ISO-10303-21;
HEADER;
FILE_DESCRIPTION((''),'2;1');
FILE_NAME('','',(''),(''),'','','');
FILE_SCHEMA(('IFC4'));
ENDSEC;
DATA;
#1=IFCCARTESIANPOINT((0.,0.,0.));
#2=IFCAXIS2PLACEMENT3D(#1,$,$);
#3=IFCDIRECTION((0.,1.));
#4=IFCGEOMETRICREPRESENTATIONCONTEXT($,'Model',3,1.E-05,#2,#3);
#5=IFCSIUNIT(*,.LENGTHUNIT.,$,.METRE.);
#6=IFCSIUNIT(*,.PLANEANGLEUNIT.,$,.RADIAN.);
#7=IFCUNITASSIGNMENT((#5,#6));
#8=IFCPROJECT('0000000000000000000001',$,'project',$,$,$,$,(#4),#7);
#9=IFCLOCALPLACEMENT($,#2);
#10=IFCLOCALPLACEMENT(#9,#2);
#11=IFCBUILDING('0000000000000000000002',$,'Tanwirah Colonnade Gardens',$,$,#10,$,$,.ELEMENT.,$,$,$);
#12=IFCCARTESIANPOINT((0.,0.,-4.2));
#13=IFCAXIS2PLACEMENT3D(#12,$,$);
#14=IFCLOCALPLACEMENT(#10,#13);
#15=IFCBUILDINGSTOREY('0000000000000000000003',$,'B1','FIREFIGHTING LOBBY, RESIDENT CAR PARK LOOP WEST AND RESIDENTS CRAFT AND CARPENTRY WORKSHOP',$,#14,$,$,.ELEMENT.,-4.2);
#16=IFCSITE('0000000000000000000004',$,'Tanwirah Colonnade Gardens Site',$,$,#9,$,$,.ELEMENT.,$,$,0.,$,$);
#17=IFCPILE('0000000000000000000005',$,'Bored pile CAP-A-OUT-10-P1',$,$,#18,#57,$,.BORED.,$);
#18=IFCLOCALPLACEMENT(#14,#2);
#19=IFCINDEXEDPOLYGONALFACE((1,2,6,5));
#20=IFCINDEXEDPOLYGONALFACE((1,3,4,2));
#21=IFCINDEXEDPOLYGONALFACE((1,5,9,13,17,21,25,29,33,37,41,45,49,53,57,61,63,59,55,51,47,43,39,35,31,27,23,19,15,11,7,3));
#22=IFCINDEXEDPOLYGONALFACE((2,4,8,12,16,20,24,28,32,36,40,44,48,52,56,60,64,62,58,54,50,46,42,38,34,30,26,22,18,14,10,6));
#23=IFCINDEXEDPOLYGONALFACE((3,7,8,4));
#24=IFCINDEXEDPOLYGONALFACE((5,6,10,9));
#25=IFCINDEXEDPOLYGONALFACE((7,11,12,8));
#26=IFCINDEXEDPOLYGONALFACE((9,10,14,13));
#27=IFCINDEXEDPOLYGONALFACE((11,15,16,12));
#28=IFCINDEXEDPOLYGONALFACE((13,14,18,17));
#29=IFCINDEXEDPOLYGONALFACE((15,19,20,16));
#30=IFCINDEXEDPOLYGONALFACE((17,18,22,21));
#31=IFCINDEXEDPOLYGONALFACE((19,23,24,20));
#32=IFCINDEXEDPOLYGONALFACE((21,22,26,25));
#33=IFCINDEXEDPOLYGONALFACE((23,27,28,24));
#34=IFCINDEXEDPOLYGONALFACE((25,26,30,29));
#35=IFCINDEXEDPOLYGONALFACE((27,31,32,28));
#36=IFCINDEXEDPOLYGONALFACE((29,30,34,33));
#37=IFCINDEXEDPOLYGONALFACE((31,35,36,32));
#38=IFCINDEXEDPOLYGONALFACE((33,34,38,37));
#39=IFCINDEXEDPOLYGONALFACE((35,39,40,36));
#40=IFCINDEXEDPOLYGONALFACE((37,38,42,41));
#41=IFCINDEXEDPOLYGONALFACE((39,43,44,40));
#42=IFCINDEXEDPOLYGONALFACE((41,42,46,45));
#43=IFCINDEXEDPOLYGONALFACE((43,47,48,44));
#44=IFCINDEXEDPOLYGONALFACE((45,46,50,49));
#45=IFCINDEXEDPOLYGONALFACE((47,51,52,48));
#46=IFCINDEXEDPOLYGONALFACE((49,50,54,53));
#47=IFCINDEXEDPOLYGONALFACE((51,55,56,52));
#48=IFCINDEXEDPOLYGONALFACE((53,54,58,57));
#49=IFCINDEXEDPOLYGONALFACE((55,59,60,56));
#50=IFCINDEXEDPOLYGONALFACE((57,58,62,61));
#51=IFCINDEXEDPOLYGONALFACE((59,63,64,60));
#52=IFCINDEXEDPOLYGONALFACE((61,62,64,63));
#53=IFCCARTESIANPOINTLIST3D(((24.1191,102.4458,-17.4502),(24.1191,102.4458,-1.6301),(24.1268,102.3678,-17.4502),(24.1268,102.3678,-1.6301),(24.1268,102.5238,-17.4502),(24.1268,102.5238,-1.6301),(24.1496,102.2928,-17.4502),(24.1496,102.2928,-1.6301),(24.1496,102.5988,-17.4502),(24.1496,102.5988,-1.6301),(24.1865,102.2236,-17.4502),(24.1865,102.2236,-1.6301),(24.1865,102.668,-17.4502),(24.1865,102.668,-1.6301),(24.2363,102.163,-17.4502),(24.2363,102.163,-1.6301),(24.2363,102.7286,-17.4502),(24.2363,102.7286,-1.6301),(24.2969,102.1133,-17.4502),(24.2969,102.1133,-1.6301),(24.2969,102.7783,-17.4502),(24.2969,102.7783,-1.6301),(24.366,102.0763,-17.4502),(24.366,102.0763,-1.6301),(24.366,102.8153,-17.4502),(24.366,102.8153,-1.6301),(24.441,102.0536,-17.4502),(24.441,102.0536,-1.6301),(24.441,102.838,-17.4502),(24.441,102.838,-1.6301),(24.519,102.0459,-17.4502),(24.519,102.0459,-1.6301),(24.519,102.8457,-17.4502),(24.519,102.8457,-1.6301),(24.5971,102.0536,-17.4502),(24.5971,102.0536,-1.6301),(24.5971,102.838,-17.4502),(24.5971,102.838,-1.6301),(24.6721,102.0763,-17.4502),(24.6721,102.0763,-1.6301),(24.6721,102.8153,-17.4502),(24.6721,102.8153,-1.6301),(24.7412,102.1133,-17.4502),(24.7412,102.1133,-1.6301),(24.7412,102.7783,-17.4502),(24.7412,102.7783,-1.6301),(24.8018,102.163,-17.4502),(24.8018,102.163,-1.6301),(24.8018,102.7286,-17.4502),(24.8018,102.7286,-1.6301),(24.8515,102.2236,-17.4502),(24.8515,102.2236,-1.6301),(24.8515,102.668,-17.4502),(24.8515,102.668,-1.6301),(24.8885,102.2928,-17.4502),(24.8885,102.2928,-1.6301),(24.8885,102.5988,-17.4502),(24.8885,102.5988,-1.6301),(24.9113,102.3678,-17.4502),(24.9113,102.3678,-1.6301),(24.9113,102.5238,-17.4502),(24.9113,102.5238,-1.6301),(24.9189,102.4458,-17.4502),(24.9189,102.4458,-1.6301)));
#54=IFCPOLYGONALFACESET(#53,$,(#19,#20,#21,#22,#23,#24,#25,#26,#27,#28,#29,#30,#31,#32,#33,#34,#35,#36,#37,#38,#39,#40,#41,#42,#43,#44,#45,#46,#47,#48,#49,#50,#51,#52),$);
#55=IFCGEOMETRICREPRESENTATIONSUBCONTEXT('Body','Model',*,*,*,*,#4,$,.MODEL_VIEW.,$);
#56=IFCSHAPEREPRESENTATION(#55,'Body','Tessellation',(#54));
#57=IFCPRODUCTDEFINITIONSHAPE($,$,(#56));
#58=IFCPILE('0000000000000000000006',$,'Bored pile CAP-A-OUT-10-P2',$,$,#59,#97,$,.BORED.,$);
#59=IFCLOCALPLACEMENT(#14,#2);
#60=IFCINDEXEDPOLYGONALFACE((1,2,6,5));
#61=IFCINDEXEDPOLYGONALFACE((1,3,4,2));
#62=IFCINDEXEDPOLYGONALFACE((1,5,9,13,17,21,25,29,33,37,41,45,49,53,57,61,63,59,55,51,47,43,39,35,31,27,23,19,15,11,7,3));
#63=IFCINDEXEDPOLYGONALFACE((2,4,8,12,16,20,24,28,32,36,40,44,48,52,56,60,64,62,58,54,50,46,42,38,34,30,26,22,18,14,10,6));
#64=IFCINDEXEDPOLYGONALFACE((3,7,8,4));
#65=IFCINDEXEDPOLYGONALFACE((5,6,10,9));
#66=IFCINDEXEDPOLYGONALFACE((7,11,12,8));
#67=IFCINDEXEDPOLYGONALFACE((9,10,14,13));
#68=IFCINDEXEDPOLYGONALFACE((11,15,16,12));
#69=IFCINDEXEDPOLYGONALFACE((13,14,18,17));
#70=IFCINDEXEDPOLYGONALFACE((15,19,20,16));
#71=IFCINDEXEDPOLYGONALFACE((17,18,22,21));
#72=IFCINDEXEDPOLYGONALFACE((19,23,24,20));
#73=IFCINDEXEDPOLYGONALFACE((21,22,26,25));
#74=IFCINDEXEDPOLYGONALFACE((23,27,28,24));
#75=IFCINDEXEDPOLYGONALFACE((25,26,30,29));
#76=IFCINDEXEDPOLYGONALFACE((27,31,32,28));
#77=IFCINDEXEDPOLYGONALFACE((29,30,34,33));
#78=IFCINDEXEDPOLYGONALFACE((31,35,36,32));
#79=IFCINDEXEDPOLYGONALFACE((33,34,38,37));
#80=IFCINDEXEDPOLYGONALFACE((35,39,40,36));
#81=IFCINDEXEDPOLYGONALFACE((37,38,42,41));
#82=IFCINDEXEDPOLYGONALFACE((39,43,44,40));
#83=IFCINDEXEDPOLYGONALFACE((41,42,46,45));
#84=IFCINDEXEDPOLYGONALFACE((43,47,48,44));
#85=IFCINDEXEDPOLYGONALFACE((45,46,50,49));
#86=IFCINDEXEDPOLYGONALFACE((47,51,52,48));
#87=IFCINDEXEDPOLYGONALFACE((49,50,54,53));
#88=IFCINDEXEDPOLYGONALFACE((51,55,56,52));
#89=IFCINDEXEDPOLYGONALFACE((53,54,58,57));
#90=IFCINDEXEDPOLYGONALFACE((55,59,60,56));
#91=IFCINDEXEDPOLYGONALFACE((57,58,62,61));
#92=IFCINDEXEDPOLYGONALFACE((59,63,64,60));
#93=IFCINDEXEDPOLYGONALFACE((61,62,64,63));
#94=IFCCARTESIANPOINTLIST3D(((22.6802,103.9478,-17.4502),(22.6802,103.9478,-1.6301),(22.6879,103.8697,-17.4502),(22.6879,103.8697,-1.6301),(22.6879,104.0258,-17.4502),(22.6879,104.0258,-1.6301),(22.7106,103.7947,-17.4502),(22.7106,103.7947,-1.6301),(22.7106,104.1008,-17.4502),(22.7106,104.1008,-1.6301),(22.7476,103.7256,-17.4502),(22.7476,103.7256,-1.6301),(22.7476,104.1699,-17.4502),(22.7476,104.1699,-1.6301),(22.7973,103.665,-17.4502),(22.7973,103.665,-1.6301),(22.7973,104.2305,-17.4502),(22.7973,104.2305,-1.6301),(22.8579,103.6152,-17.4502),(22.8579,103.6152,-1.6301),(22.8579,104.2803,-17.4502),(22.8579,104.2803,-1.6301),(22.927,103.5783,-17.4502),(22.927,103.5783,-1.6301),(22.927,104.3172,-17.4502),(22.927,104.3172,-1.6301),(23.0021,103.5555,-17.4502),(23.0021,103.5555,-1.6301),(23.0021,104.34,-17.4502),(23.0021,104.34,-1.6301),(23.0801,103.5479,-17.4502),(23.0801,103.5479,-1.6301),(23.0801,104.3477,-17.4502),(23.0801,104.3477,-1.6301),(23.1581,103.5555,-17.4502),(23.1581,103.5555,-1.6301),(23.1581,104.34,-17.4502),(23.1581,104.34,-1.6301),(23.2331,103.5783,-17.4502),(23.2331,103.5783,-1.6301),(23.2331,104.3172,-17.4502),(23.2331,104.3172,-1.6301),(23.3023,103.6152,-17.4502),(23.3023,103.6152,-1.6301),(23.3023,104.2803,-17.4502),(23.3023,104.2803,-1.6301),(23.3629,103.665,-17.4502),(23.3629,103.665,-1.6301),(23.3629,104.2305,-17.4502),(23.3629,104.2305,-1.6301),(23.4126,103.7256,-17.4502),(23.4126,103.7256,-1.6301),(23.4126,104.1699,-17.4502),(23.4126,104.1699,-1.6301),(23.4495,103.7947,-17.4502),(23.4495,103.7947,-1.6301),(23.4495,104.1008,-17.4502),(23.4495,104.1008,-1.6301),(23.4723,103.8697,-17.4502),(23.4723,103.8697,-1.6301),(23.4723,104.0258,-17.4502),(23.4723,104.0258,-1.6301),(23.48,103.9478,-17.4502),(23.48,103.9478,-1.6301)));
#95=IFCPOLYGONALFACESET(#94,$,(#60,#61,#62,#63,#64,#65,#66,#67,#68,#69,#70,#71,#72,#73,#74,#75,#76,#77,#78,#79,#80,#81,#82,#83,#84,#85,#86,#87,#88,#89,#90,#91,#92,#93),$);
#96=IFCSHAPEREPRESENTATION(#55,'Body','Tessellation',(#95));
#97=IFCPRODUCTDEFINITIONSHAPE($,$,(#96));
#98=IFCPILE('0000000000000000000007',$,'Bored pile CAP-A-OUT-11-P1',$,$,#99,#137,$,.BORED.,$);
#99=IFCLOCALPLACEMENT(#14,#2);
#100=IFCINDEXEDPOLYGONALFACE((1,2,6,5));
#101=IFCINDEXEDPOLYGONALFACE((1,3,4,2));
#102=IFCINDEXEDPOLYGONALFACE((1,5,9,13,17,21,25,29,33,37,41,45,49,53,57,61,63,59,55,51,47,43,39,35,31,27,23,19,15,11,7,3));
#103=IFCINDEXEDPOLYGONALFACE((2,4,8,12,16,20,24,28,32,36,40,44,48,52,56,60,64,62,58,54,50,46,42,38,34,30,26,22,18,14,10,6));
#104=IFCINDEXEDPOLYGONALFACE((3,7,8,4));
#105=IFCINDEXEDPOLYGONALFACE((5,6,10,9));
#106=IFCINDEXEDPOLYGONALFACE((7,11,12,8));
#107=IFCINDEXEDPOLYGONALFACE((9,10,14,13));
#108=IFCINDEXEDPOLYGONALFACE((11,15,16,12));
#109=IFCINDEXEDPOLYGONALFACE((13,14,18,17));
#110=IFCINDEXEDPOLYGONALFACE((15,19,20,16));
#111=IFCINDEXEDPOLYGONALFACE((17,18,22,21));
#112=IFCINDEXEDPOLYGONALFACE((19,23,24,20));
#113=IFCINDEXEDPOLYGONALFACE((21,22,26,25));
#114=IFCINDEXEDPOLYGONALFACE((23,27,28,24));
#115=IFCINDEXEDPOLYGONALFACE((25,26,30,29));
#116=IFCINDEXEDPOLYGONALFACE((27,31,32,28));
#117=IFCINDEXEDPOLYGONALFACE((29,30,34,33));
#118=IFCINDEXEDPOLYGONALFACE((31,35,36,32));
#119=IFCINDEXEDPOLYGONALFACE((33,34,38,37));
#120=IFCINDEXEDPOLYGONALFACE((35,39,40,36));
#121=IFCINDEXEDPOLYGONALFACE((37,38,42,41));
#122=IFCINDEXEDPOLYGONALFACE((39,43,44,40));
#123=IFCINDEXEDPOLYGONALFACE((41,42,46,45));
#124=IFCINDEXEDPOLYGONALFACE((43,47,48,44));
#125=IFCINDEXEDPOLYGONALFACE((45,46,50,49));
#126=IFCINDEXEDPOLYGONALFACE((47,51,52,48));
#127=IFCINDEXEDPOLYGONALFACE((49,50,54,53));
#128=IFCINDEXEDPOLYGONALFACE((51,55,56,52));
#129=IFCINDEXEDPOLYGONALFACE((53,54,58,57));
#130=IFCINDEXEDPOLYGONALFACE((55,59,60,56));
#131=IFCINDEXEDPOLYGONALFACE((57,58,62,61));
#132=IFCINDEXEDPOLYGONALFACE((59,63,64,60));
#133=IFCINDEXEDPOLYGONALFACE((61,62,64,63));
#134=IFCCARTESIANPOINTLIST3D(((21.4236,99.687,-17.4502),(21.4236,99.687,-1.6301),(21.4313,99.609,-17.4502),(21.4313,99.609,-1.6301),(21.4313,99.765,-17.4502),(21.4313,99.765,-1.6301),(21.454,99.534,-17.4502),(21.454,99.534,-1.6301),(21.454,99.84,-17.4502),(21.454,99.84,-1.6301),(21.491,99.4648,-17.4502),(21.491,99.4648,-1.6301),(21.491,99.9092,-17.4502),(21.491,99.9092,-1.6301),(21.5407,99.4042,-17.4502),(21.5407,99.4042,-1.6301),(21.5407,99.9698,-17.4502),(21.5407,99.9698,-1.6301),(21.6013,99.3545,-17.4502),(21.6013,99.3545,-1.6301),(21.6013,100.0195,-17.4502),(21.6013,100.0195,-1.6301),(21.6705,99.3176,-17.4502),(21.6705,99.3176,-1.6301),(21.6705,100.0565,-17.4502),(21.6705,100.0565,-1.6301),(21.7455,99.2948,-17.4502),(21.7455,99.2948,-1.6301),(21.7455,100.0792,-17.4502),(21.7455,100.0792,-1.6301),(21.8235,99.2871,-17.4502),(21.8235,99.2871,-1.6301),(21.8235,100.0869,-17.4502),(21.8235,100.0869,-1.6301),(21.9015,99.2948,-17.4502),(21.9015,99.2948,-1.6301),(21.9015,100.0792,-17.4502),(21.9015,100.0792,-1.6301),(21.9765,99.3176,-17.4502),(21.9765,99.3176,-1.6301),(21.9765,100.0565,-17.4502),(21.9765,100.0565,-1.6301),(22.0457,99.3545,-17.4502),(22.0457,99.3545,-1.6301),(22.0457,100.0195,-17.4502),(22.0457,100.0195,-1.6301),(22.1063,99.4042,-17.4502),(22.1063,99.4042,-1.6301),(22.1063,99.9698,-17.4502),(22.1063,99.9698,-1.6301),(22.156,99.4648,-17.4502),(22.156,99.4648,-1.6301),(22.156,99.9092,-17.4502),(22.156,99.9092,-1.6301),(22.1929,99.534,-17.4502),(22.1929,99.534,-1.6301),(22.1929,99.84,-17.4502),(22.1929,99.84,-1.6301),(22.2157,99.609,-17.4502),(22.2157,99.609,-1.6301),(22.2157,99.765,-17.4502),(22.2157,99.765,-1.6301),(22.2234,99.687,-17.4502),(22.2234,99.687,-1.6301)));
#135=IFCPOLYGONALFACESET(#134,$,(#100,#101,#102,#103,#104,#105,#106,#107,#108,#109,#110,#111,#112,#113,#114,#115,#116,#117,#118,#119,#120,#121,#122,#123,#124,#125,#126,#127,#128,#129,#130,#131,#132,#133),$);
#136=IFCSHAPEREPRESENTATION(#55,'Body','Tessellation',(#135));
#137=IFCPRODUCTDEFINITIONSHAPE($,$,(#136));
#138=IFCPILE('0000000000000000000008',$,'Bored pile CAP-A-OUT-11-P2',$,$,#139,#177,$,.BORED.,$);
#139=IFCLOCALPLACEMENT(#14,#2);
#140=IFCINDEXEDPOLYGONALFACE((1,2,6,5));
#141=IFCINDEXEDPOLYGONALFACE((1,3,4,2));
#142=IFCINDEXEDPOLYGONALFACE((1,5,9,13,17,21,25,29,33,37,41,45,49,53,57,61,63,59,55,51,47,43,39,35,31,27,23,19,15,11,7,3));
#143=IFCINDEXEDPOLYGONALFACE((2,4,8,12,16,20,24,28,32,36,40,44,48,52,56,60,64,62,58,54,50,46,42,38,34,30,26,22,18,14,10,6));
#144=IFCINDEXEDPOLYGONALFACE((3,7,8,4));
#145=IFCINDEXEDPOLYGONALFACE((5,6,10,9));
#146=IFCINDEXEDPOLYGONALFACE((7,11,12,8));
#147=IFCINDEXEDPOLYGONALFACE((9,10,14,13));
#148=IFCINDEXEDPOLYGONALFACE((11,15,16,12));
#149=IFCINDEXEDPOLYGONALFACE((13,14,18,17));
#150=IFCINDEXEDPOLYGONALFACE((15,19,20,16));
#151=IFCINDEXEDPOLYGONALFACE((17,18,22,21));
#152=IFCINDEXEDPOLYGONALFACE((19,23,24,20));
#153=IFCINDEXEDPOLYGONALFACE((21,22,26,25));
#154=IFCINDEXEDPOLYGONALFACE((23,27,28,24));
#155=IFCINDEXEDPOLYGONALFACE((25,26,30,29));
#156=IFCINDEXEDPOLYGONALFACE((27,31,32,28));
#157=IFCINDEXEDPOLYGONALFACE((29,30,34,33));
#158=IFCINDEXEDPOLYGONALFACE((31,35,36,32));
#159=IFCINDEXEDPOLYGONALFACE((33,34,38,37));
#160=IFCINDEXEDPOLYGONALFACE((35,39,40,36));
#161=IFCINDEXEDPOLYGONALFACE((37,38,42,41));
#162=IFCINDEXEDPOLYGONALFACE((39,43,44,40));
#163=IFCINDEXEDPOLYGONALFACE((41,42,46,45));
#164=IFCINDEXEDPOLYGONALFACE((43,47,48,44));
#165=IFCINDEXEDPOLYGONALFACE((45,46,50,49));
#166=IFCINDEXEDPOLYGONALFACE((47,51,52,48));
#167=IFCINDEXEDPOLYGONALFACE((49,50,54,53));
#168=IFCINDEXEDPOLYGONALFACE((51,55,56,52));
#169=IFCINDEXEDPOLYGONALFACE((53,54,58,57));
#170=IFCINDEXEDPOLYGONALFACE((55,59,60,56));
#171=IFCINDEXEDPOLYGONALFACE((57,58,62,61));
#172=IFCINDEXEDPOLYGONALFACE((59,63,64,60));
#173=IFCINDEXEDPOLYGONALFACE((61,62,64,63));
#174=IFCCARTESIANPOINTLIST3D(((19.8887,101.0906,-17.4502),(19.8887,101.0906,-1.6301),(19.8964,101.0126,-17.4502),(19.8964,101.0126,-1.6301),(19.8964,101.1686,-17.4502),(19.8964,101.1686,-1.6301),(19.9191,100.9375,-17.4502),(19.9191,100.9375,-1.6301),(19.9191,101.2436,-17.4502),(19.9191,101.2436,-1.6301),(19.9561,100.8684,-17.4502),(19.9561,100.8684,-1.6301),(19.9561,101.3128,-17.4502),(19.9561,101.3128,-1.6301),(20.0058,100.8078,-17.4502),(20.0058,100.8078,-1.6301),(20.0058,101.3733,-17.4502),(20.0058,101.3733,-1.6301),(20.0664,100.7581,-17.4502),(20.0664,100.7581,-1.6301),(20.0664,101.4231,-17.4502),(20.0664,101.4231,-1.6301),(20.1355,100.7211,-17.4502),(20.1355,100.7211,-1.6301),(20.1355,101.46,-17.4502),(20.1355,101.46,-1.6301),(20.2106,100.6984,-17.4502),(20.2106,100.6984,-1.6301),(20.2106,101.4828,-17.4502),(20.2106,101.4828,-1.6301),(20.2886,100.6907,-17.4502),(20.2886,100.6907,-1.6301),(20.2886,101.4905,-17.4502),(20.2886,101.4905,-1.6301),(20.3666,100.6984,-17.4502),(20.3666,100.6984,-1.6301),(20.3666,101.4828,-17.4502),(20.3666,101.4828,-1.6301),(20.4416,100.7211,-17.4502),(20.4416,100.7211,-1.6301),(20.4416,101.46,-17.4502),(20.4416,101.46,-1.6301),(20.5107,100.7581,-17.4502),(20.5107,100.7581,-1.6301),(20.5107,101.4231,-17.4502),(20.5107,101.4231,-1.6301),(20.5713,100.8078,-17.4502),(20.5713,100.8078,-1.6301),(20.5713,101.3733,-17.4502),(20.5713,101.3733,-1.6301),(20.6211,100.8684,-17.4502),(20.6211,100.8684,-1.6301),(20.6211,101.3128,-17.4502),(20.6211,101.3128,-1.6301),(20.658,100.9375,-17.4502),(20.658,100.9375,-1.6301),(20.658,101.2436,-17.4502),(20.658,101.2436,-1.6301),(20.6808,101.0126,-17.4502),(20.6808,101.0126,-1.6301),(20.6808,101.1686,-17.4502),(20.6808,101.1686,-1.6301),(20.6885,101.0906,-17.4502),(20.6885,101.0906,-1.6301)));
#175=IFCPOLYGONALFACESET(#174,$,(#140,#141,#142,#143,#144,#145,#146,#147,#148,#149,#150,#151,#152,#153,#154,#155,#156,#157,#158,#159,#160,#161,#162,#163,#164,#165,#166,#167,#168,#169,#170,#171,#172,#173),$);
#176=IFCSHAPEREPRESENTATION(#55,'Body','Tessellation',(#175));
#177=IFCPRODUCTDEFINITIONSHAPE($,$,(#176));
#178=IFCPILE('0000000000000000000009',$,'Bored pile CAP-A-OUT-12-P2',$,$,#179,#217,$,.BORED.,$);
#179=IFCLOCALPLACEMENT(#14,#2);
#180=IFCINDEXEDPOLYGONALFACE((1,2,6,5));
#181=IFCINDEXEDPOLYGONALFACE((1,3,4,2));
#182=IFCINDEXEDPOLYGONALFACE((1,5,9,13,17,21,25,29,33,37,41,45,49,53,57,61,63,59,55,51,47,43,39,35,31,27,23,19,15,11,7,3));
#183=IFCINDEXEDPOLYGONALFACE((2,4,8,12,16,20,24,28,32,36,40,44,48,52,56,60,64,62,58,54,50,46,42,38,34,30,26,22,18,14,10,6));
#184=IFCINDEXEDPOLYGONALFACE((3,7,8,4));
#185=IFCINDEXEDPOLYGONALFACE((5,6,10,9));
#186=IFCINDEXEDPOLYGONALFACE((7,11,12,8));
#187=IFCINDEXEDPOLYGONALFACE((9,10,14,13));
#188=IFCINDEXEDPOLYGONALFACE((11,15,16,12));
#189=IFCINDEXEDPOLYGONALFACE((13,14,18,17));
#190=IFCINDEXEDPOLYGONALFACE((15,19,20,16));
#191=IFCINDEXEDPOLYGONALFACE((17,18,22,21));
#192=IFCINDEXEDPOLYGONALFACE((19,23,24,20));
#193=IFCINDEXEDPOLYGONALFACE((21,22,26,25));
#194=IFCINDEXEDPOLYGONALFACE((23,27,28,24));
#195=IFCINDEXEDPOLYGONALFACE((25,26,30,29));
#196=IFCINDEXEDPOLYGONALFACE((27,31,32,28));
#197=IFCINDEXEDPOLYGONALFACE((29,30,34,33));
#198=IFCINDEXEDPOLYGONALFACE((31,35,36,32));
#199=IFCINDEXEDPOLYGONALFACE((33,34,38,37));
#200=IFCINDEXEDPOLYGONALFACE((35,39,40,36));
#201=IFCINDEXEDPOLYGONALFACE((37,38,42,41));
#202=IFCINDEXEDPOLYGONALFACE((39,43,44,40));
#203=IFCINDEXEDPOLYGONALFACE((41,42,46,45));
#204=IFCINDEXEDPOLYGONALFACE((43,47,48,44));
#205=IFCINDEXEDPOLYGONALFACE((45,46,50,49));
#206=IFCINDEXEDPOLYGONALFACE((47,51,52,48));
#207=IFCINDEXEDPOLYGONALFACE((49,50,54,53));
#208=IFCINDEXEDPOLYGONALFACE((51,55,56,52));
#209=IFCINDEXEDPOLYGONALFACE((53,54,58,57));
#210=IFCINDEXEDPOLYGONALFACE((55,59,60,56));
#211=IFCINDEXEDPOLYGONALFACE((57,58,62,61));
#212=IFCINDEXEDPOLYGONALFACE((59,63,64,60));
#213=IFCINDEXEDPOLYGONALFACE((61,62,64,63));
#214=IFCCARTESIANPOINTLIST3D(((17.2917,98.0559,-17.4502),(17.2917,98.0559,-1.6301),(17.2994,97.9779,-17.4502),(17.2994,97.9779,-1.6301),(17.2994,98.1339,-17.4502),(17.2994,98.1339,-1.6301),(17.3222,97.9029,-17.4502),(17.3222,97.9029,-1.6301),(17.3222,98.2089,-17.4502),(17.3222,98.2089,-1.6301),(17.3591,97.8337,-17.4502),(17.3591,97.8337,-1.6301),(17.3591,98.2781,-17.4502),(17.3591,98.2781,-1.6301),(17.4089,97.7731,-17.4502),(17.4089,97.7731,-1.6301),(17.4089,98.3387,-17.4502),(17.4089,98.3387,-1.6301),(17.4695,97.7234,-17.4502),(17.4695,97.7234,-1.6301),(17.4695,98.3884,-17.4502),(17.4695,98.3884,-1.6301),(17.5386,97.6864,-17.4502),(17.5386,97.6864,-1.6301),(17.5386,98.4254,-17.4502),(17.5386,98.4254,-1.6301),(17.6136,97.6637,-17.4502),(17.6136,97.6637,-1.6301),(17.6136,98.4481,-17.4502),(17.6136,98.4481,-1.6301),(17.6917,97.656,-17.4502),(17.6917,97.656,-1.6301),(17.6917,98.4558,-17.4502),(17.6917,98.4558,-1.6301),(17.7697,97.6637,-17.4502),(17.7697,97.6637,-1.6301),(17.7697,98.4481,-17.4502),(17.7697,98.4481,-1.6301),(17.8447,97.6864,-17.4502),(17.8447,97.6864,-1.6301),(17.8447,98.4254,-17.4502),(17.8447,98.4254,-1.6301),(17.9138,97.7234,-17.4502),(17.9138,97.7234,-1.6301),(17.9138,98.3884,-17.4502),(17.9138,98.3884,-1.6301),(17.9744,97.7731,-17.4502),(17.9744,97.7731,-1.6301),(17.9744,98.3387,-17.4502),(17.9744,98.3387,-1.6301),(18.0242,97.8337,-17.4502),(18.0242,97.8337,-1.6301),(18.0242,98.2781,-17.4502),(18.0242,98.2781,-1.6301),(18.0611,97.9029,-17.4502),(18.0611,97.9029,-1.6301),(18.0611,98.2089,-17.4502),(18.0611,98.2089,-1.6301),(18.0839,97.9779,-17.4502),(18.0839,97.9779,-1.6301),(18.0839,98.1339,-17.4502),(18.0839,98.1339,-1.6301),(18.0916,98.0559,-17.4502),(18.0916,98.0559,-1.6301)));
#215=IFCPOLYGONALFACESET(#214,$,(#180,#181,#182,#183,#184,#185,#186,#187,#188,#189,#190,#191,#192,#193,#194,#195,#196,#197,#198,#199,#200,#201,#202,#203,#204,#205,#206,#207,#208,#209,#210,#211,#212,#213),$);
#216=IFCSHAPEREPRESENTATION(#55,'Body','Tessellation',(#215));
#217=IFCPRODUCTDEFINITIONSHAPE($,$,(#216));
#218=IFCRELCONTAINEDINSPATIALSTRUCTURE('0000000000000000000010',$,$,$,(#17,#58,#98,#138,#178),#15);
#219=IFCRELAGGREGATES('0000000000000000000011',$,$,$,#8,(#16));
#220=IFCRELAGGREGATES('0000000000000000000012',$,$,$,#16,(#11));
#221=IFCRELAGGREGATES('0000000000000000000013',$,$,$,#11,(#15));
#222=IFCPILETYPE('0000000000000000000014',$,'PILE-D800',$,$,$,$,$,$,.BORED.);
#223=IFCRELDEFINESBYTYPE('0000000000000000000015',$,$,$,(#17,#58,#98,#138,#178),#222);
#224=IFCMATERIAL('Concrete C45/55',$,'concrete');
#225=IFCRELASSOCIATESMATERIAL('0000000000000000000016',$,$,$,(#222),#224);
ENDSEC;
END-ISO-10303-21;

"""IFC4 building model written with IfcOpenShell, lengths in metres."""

from ifc_helpers import new_model, si_unit, direction, frame, origin, origin_2d, place, context, subcontext, project, spatial, circle, extrude, material, material_profile, profile_set, type_object, element, save


model = new_model("IFC4")

# Units and contexts
model_context = context("Model", 3, precision=1e-05, world=origin(), true_north=direction((0.0, 1.0)))
body_context = subcontext(model_context, "Body", "Model", "MODEL_VIEW")
ifc_project = project(units=[si_unit("LENGTHUNIT", "METRE"), si_unit("PLANEANGLEUNIT", "RADIAN")], contexts=[model_context])

# Site, building, storey
site_placement = place(None, origin())
site = spatial("IfcSite", under=ifc_project, at=site_placement, Name="Tanwirah Colonnade Gardens Site", CompositionType="ELEMENT", RefElevation=0.0)
building_placement = place(site_placement, origin())
building = spatial("IfcBuilding", under=site, at=building_placement, Name="Tanwirah Colonnade Gardens", CompositionType="ELEMENT")
storey_placement = place(building_placement, frame((0.0, 0.0, -4.2)))
storey = spatial("IfcBuildingStorey", under=building, at=storey_placement, Name="B1", Description="FIREFIGHTING LOBBY, RESIDENT CAR PARK LOOP WEST AND RESIDENTS CRAFT AND CARPENTRY WORKSHOP", CompositionType="ELEMENT", Elevation=-4.2)

# Shared definitions
ifc_material_1 = material(Name="Concrete C45/55", Category="concrete")

# Piles
ifc_material_profile_1 = material_profile(ifc_material_1, circle(Radius=0.3999, at=origin_2d()), Name="PILE D800")
ifc_profile_set_1 = profile_set([ifc_material_profile_1], Name="Concrete C45/55")
pile_type_1 = type_object("IfcPileType", Name="PILE-D800", PredefinedType="BORED", material=ifc_profile_set_1)
for number, where, z_axis, x_axis, name in (
    (1, (24.519, 102.4458, -1.6301), (0.0, 0.0, -1.0), (1.0, 0.0, 0.0), "Bored pile CAP-A-OUT-10-P1"),
    (2, (23.0801, 103.9478, -1.6301), (0.0, 0.0, -1.0), (1.0, 0.0, 0.0), "Bored pile CAP-A-OUT-10-P2"),
    (3, (21.8235, 99.687, -1.6301), (0.0, 0.0, -1.0), (1.0, 0.0, 0.0), "Bored pile CAP-A-OUT-11-P1"),
    (4, (20.2886, 101.0906, -1.6301), (0.0, 0.0, -1.0), (1.0, 0.0, 0.0), "Bored pile CAP-A-OUT-11-P2"),
    (5, (17.6917, 98.0559, -1.6301), (0.0, 0.0, -1.0), (1.0, 0.0, 0.0), "Bored pile CAP-A-OUT-12-P2"),
):
    element("IfcPile", number, at=place(storey_placement, frame(where, z_axis=z_axis, x_axis=x_axis)), inside=storey, type_object=pile_type_1, Name=name, PredefinedType="BORED", context=body_context, shape_type="SweptSolid", body=[
        extrude(circle(Radius=0.3999, at=origin_2d()), origin(), (0.0, 0.0, 1.0), 15.8201),
    ])

save(model, "model.ifc")
